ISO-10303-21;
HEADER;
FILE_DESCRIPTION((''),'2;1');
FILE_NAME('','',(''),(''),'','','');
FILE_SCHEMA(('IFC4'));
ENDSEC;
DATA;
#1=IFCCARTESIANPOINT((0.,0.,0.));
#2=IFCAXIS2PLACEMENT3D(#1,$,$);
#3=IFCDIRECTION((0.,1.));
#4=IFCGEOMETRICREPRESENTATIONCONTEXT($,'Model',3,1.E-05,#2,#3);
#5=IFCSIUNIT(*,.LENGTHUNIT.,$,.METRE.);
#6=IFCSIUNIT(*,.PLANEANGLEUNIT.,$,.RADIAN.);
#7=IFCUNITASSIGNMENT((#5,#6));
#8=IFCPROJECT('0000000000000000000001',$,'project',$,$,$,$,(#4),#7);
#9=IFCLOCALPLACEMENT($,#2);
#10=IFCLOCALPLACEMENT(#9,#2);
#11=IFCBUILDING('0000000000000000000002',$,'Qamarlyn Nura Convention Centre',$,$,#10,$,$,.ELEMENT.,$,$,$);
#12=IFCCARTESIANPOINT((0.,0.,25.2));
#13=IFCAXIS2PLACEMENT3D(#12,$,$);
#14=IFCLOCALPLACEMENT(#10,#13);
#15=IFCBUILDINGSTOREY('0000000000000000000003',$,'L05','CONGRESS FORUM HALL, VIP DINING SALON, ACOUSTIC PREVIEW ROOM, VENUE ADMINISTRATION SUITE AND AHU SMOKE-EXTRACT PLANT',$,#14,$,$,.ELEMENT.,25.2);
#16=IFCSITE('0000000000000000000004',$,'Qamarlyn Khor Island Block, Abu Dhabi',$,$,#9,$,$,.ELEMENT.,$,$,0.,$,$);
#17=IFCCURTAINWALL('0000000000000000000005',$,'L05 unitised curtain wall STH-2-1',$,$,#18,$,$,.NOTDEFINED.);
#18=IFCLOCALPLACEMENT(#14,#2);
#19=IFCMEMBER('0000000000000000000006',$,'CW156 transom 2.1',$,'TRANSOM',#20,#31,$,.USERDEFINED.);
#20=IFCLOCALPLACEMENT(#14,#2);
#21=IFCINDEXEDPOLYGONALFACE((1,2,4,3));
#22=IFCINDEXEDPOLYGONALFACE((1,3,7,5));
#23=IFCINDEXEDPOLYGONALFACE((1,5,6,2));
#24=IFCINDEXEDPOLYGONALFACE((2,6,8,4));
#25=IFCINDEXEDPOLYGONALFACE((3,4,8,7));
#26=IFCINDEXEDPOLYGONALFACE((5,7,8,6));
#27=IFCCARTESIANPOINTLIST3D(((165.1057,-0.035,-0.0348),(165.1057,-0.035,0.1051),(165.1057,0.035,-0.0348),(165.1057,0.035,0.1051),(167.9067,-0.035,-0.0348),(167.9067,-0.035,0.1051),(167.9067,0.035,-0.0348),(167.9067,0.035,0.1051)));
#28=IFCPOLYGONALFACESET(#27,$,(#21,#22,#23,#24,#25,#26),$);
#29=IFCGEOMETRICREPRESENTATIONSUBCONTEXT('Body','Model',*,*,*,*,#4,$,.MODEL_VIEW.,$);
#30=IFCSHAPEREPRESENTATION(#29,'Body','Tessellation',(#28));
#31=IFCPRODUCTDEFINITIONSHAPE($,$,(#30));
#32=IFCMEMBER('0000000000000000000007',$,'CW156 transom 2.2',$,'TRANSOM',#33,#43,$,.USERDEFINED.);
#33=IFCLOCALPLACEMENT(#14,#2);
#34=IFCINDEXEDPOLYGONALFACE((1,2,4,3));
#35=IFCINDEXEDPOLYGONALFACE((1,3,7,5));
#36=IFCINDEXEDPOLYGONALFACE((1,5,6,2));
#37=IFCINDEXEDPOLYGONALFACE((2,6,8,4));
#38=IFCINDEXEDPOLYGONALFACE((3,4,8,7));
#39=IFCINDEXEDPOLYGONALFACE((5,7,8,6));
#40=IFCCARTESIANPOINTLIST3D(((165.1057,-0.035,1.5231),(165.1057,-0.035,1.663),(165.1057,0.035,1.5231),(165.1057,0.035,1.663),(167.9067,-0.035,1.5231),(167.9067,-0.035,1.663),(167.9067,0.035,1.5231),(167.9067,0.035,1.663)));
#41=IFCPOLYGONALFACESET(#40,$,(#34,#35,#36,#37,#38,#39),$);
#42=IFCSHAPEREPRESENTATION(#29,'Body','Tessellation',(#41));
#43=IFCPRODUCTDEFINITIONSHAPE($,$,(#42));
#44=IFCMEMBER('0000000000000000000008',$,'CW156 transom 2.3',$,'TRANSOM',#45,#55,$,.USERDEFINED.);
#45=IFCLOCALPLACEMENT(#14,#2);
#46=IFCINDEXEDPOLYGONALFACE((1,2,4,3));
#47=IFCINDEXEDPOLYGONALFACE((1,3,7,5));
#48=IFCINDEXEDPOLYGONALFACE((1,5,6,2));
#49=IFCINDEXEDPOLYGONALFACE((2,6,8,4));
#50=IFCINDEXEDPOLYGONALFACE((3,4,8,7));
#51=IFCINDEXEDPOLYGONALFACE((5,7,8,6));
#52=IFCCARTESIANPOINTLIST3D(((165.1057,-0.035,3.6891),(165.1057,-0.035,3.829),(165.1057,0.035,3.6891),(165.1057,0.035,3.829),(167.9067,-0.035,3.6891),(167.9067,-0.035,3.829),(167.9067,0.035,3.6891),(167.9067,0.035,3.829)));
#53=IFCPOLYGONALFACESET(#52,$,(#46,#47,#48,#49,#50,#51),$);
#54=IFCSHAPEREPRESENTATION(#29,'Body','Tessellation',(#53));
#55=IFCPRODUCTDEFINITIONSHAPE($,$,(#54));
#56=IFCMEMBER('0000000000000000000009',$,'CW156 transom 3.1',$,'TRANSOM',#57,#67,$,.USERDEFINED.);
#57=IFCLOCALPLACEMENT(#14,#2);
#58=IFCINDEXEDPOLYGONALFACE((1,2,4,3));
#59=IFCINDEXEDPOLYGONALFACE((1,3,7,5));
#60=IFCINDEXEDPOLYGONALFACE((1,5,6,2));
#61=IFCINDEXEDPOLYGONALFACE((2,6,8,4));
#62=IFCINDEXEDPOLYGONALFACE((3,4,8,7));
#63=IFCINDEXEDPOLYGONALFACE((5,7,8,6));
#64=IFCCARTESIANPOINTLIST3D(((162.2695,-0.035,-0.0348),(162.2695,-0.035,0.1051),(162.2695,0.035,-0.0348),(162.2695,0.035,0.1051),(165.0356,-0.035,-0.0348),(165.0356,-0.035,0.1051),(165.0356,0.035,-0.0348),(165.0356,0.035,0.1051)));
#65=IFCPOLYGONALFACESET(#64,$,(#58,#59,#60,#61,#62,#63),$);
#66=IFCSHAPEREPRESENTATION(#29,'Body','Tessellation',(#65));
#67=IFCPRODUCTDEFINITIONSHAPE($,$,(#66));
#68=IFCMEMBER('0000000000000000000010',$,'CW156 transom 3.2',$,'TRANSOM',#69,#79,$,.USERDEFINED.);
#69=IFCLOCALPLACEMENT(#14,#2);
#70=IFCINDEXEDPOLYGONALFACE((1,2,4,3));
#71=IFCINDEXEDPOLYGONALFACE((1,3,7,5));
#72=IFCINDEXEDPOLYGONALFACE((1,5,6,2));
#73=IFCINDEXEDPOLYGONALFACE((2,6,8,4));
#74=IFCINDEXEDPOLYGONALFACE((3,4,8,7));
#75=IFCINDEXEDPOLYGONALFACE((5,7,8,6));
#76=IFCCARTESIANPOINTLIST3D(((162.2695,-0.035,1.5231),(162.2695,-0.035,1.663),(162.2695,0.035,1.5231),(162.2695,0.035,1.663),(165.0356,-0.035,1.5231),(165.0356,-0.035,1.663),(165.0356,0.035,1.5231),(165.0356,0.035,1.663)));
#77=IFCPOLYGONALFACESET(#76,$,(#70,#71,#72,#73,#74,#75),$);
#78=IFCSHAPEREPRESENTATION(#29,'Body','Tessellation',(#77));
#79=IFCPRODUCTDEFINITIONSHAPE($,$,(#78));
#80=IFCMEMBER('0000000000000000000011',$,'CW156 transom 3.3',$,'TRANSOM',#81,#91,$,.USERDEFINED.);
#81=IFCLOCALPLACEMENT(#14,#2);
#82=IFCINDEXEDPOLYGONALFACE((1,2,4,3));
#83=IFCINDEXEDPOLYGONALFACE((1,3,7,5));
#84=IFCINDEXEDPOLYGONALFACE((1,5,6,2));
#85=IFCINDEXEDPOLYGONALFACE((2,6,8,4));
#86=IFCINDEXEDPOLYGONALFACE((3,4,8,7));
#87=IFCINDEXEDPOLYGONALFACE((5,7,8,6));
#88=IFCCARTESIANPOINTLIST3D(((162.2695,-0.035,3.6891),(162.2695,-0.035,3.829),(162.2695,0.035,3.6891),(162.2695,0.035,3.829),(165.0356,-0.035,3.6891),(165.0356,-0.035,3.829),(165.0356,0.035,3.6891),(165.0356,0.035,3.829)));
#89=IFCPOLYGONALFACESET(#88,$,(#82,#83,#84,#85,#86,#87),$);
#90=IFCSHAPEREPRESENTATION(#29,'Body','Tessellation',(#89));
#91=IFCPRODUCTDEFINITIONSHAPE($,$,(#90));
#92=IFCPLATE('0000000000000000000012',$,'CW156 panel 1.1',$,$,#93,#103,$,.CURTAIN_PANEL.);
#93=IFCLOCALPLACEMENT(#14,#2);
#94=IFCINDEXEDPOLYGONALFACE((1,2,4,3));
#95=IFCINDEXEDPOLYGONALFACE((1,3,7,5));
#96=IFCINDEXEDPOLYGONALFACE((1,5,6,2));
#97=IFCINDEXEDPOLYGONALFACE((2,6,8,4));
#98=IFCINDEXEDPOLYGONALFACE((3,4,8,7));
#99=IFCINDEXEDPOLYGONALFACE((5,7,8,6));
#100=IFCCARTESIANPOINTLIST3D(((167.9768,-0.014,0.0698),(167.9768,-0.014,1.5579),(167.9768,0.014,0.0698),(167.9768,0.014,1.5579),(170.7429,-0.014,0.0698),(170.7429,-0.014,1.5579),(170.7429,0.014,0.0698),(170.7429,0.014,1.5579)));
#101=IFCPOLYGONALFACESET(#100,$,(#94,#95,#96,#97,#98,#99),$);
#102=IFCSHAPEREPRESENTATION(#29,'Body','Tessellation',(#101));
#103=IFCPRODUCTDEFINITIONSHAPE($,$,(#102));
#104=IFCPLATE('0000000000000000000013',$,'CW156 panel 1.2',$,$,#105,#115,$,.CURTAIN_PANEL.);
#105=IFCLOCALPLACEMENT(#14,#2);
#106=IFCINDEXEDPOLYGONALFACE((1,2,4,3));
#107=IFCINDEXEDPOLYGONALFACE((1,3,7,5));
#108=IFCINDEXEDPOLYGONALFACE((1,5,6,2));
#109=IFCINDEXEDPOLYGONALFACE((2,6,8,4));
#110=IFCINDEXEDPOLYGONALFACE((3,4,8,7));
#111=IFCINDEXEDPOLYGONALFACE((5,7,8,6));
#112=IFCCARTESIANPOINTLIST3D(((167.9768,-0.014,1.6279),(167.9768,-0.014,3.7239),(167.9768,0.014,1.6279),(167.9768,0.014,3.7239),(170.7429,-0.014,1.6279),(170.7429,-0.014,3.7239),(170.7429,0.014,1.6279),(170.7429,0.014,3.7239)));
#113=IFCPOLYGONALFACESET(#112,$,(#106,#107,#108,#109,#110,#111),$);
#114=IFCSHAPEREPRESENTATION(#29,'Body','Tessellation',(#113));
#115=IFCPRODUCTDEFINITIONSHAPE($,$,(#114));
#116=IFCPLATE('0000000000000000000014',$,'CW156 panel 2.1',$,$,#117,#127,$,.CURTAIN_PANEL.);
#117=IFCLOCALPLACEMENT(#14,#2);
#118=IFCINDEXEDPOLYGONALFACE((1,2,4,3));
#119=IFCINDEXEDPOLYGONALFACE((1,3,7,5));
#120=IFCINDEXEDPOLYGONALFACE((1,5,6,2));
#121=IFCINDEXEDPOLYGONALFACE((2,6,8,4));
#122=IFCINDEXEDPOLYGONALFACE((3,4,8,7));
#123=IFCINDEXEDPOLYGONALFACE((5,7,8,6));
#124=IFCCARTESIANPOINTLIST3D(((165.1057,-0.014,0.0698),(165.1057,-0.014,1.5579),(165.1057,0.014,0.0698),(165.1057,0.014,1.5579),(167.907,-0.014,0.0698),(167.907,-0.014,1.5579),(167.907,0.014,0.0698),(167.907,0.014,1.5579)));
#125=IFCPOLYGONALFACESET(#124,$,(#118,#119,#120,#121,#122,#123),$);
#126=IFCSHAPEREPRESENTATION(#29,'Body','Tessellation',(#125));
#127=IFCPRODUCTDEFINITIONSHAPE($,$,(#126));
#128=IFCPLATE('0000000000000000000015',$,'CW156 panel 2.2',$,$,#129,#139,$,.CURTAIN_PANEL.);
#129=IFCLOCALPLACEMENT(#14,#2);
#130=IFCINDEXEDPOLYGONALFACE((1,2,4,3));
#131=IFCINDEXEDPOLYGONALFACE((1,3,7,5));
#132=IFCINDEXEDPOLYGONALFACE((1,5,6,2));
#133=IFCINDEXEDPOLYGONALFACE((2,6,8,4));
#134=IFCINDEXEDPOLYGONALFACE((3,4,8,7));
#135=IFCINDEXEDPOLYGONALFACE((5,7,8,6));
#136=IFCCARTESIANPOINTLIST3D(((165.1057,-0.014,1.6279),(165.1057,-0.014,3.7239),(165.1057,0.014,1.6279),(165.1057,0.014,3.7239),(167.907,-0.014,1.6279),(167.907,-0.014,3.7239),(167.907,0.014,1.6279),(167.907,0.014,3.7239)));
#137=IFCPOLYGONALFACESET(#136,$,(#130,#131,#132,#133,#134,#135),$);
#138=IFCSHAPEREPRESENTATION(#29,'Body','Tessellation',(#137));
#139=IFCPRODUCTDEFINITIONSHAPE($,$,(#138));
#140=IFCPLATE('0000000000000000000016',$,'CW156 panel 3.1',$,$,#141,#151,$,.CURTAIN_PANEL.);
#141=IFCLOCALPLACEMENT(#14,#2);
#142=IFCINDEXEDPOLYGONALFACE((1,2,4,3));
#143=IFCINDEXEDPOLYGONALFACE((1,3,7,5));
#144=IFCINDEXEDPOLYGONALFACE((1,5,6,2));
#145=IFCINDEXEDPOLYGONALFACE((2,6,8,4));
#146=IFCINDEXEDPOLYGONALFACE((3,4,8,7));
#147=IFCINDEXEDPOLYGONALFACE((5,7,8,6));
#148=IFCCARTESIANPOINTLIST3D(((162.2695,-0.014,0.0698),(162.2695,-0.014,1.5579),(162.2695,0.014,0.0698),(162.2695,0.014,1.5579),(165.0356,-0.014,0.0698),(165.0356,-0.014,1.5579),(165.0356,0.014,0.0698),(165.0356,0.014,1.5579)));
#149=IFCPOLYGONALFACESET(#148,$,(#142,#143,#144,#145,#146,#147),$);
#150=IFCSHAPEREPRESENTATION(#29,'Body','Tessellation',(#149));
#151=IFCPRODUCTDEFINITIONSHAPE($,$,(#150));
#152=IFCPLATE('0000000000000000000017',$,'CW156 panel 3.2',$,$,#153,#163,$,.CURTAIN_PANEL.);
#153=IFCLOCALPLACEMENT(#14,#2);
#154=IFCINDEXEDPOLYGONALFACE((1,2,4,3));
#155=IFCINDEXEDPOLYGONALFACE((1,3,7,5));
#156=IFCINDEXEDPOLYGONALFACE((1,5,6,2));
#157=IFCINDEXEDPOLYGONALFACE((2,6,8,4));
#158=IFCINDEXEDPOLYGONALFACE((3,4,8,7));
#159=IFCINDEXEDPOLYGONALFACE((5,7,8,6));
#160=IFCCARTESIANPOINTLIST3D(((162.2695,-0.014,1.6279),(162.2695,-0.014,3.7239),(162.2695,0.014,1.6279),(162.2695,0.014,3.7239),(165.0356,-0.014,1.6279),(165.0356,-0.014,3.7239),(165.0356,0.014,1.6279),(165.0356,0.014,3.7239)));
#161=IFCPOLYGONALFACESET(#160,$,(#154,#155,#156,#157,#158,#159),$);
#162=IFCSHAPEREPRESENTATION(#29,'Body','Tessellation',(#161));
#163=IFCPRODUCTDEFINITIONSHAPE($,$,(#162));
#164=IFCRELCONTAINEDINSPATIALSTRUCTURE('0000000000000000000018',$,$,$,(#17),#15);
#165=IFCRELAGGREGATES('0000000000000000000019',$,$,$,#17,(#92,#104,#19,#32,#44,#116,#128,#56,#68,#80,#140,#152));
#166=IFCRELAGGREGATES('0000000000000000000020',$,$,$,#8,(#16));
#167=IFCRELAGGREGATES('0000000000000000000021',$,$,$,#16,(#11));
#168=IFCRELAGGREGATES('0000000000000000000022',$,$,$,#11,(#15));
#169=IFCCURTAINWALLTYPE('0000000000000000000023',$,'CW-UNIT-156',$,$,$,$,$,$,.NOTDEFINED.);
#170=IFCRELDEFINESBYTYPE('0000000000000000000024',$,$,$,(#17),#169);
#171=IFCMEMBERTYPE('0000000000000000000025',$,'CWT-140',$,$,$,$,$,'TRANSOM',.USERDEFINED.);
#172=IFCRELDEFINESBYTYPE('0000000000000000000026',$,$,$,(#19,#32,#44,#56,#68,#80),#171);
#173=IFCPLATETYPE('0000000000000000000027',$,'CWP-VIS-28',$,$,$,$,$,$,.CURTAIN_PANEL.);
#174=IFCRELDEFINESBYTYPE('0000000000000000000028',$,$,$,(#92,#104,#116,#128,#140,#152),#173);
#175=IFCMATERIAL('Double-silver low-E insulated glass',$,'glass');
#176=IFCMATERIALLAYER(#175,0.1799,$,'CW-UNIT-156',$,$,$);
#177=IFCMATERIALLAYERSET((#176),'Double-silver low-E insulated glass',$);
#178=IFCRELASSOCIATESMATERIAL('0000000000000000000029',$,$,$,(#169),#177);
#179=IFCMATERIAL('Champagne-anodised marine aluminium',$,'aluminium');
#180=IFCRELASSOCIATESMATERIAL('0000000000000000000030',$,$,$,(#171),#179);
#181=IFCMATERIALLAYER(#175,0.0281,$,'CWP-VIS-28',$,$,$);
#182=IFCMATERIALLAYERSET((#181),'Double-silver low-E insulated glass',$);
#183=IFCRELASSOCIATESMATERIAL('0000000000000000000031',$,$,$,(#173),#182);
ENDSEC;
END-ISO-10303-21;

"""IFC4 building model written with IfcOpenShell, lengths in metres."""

from ifc_helpers import new_model, si_unit, direction, frame, origin, origin_2d, place, context, subcontext, project, spatial, rectangle, extrude, material, layer, layer_set, material_profile, profile_set, type_object, element, aggregate, save


model = new_model("IFC4")

# Units and contexts
model_context = context("Model", 3, precision=1e-05, world=origin(), true_north=direction((0.0, 1.0)))
body_context = subcontext(model_context, "Body", "Model", "MODEL_VIEW")
ifc_project = project(units=[si_unit("LENGTHUNIT", "METRE"), si_unit("PLANEANGLEUNIT", "RADIAN")], contexts=[model_context])

# Site, building, storey
site_placement = place(None, origin())
site = spatial("IfcSite", under=ifc_project, at=site_placement, Name="Qamarlyn Khor Island Block, Abu Dhabi", CompositionType="ELEMENT", RefElevation=0.0)
building_placement = place(site_placement, origin())
building = spatial("IfcBuilding", under=site, at=building_placement, Name="Qamarlyn Nura Convention Centre", CompositionType="ELEMENT")
storey_placement = place(building_placement, frame((0.0, 0.0, 25.2)))
storey = spatial("IfcBuildingStorey", under=building, at=storey_placement, Name="L05", Description="CONGRESS FORUM HALL, VIP DINING SALON, ACOUSTIC PREVIEW ROOM, VENUE ADMINISTRATION SUITE AND AHU SMOKE-EXTRACT PLANT", CompositionType="ELEMENT", Elevation=25.2)

# Curtain wall, members, plates
ifc_material_1 = material(Name="Double-silver low-E insulated glass", Category="glass")
ifc_layer_1 = layer(ifc_material_1, 0.1799, Name="CW-UNIT-156")
ifc_layer_set_1 = layer_set([ifc_layer_1], Name="Double-silver low-E insulated glass")
curtain_wall_type = type_object("IfcCurtainWallType", Name="CW-UNIT-156", PredefinedType="NOTDEFINED", material=ifc_layer_set_1)
curtain_wall_placement = place(storey_placement, origin())
curtain_wall = element("IfcCurtainWall", 1, at=curtain_wall_placement, inside=storey, type_object=curtain_wall_type, Name="L05 unitised curtain wall STH-2-1", PredefinedType="NOTDEFINED")
ifc_material_2 = material(Name="Champagne-anodised marine aluminium", Category="aluminium")
ifc_material_profile_1 = material_profile(ifc_material_2, rectangle(XDim=0.0701, YDim=0.1399, at=origin_2d()), Name="ALU TRANSOM 70x140")
ifc_profile_set_1 = profile_set([ifc_material_profile_1], Name="Champagne-anodised marine aluminium")
member_type_1 = type_object("IfcMemberType", Name="CWT-140", ElementType="TRANSOM", PredefinedType="USERDEFINED", material=ifc_profile_set_1)
member_1_placement = place(storey_placement, frame((167.9067, 0.0, 0.0352), z_axis=(-1.0, 0.0, 0.0), x_axis=(0.0, -1.0, 0.0)))
member_1 = element("IfcMember", 2, at=member_1_placement, type_object=member_type_1, Name="CW156 transom 2.1", ObjectType="TRANSOM", PredefinedType="USERDEFINED", context=body_context, shape_type="SweptSolid", body=[
    extrude(rectangle(XDim=0.0701, YDim=0.1399, at=origin_2d()), origin(), (0.0, 0.0, 1.0), 2.801),
])
member_2_placement = place(storey_placement, frame((167.9067, 0.0, 1.593), z_axis=(-1.0, 0.0, 0.0), x_axis=(0.0, -1.0, 0.0)))
member_2 = element("IfcMember", 3, at=member_2_placement, type_object=member_type_1, Name="CW156 transom 2.2", ObjectType="TRANSOM", PredefinedType="USERDEFINED", context=body_context, shape_type="SweptSolid", body=[
    extrude(rectangle(XDim=0.0701, YDim=0.1399, at=origin_2d()), origin(), (0.0, 0.0, 1.0), 2.801),
])
member_3_placement = place(storey_placement, frame((167.9067, 0.0, 3.759), z_axis=(-1.0, 0.0, 0.0), x_axis=(0.0, -1.0, 0.0)))
member_3 = element("IfcMember", 4, at=member_3_placement, type_object=member_type_1, Name="CW156 transom 2.3", ObjectType="TRANSOM", PredefinedType="USERDEFINED", context=body_context, shape_type="SweptSolid", body=[
    extrude(rectangle(XDim=0.0701, YDim=0.1399, at=origin_2d()), origin(), (0.0, 0.0, 1.0), 2.801),
])
member_4_placement = place(storey_placement, frame((165.0356, 0.0, 0.0352), z_axis=(-1.0, 0.0, 0.0), x_axis=(0.0, -1.0, 0.0)))
member_4 = element("IfcMember", 5, at=member_4_placement, type_object=member_type_1, Name="CW156 transom 3.1", ObjectType="TRANSOM", PredefinedType="USERDEFINED", context=body_context, shape_type="SweptSolid", body=[
    extrude(rectangle(XDim=0.0701, YDim=0.1399, at=origin_2d()), origin(), (0.0, 0.0, 1.0), 2.7661),
])
member_5_placement = place(storey_placement, frame((165.0356, 0.0, 1.593), z_axis=(-1.0, 0.0, 0.0), x_axis=(0.0, -1.0, 0.0)))
member_5 = element("IfcMember", 6, at=member_5_placement, type_object=member_type_1, Name="CW156 transom 3.2", ObjectType="TRANSOM", PredefinedType="USERDEFINED", context=body_context, shape_type="SweptSolid", body=[
    extrude(rectangle(XDim=0.0701, YDim=0.1399, at=origin_2d()), origin(), (0.0, 0.0, 1.0), 2.7661),
])
member_6_placement = place(storey_placement, frame((165.0356, 0.0, 3.759), z_axis=(-1.0, 0.0, 0.0), x_axis=(0.0, -1.0, 0.0)))
member_6 = element("IfcMember", 7, at=member_6_placement, type_object=member_type_1, Name="CW156 transom 3.3", ObjectType="TRANSOM", PredefinedType="USERDEFINED", context=body_context, shape_type="SweptSolid", body=[
    extrude(rectangle(XDim=0.0701, YDim=0.1399, at=origin_2d()), origin(), (0.0, 0.0, 1.0), 2.7661),
])
ifc_layer_2 = layer(ifc_material_1, 0.0281, Name="CWP-VIS-28")
ifc_layer_set_2 = layer_set([ifc_layer_2], Name="Double-silver low-E insulated glass")
plate_type = type_object("IfcPlateType", Name="CWP-VIS-28", PredefinedType="CURTAIN_PANEL", material=ifc_layer_set_2)
plate_1_placement = place(storey_placement, frame((169.3599, 0.0, 0.0698), z_axis=(0.0, 0.0, 1.0), x_axis=(-1.0, 0.0, 0.0)))
plate_1 = element("IfcPlate", 8, at=plate_1_placement, type_object=plate_type, Name="CW156 panel 1.1", PredefinedType="CURTAIN_PANEL", context=body_context, shape_type="SweptSolid", body=[
    extrude(rectangle(XDim=2.7661, YDim=0.0281, at=origin_2d()), origin(), (0.0, 0.0, 1.0), 1.488),
])
plate_2_placement = place(storey_placement, frame((169.3599, 0.0, 1.6279), z_axis=(0.0, 0.0, 1.0), x_axis=(-1.0, 0.0, 0.0)))
plate_2 = element("IfcPlate", 9, at=plate_2_placement, type_object=plate_type, Name="CW156 panel 1.2", PredefinedType="CURTAIN_PANEL", context=body_context, shape_type="SweptSolid", body=[
    extrude(rectangle(XDim=2.7661, YDim=0.0281, at=origin_2d()), origin(), (0.0, 0.0, 1.0), 2.0959),
])
plate_3_placement = place(storey_placement, frame((166.5063, 0.0, 0.0698), z_axis=(0.0, 0.0, 1.0), x_axis=(-1.0, 0.0, 0.0)))
plate_3 = element("IfcPlate", 10, at=plate_3_placement, type_object=plate_type, Name="CW156 panel 2.1", PredefinedType="CURTAIN_PANEL", context=body_context, shape_type="SweptSolid", body=[
    extrude(rectangle(XDim=2.8013, YDim=0.0281, at=origin_2d()), origin(), (0.0, 0.0, 1.0), 1.488),
])
plate_4_placement = place(storey_placement, frame((166.5063, 0.0, 1.6279), z_axis=(0.0, 0.0, 1.0), x_axis=(-1.0, 0.0, 0.0)))
plate_4 = element("IfcPlate", 11, at=plate_4_placement, type_object=plate_type, Name="CW156 panel 2.2", PredefinedType="CURTAIN_PANEL", context=body_context, shape_type="SweptSolid", body=[
    extrude(rectangle(XDim=2.8013, YDim=0.0281, at=origin_2d()), origin(), (0.0, 0.0, 1.0), 2.0959),
])
plate_5_placement = place(storey_placement, frame((163.6526, 0.0, 0.0698), z_axis=(0.0, 0.0, 1.0), x_axis=(-1.0, 0.0, 0.0)))
plate_5 = element("IfcPlate", 12, at=plate_5_placement, type_object=plate_type, Name="CW156 panel 3.1", PredefinedType="CURTAIN_PANEL", context=body_context, shape_type="SweptSolid", body=[
    extrude(rectangle(XDim=2.7661, YDim=0.0281, at=origin_2d()), origin(), (0.0, 0.0, 1.0), 1.488),
])
plate_6_placement = place(storey_placement, frame((163.6526, 0.0, 1.6279), z_axis=(0.0, 0.0, 1.0), x_axis=(-1.0, 0.0, 0.0)))
plate_6 = element("IfcPlate", 13, at=plate_6_placement, type_object=plate_type, Name="CW156 panel 3.2", PredefinedType="CURTAIN_PANEL", context=body_context, shape_type="SweptSolid", body=[
    extrude(rectangle(XDim=2.7661, YDim=0.0281, at=origin_2d()), origin(), (0.0, 0.0, 1.0), 2.0959),
])
aggregate(curtain_wall, [plate_1, plate_2, member_1, member_2, member_3, plate_3, plate_4, member_4, member_5, member_6, plate_5, plate_6])

save(model, "model.ifc")
